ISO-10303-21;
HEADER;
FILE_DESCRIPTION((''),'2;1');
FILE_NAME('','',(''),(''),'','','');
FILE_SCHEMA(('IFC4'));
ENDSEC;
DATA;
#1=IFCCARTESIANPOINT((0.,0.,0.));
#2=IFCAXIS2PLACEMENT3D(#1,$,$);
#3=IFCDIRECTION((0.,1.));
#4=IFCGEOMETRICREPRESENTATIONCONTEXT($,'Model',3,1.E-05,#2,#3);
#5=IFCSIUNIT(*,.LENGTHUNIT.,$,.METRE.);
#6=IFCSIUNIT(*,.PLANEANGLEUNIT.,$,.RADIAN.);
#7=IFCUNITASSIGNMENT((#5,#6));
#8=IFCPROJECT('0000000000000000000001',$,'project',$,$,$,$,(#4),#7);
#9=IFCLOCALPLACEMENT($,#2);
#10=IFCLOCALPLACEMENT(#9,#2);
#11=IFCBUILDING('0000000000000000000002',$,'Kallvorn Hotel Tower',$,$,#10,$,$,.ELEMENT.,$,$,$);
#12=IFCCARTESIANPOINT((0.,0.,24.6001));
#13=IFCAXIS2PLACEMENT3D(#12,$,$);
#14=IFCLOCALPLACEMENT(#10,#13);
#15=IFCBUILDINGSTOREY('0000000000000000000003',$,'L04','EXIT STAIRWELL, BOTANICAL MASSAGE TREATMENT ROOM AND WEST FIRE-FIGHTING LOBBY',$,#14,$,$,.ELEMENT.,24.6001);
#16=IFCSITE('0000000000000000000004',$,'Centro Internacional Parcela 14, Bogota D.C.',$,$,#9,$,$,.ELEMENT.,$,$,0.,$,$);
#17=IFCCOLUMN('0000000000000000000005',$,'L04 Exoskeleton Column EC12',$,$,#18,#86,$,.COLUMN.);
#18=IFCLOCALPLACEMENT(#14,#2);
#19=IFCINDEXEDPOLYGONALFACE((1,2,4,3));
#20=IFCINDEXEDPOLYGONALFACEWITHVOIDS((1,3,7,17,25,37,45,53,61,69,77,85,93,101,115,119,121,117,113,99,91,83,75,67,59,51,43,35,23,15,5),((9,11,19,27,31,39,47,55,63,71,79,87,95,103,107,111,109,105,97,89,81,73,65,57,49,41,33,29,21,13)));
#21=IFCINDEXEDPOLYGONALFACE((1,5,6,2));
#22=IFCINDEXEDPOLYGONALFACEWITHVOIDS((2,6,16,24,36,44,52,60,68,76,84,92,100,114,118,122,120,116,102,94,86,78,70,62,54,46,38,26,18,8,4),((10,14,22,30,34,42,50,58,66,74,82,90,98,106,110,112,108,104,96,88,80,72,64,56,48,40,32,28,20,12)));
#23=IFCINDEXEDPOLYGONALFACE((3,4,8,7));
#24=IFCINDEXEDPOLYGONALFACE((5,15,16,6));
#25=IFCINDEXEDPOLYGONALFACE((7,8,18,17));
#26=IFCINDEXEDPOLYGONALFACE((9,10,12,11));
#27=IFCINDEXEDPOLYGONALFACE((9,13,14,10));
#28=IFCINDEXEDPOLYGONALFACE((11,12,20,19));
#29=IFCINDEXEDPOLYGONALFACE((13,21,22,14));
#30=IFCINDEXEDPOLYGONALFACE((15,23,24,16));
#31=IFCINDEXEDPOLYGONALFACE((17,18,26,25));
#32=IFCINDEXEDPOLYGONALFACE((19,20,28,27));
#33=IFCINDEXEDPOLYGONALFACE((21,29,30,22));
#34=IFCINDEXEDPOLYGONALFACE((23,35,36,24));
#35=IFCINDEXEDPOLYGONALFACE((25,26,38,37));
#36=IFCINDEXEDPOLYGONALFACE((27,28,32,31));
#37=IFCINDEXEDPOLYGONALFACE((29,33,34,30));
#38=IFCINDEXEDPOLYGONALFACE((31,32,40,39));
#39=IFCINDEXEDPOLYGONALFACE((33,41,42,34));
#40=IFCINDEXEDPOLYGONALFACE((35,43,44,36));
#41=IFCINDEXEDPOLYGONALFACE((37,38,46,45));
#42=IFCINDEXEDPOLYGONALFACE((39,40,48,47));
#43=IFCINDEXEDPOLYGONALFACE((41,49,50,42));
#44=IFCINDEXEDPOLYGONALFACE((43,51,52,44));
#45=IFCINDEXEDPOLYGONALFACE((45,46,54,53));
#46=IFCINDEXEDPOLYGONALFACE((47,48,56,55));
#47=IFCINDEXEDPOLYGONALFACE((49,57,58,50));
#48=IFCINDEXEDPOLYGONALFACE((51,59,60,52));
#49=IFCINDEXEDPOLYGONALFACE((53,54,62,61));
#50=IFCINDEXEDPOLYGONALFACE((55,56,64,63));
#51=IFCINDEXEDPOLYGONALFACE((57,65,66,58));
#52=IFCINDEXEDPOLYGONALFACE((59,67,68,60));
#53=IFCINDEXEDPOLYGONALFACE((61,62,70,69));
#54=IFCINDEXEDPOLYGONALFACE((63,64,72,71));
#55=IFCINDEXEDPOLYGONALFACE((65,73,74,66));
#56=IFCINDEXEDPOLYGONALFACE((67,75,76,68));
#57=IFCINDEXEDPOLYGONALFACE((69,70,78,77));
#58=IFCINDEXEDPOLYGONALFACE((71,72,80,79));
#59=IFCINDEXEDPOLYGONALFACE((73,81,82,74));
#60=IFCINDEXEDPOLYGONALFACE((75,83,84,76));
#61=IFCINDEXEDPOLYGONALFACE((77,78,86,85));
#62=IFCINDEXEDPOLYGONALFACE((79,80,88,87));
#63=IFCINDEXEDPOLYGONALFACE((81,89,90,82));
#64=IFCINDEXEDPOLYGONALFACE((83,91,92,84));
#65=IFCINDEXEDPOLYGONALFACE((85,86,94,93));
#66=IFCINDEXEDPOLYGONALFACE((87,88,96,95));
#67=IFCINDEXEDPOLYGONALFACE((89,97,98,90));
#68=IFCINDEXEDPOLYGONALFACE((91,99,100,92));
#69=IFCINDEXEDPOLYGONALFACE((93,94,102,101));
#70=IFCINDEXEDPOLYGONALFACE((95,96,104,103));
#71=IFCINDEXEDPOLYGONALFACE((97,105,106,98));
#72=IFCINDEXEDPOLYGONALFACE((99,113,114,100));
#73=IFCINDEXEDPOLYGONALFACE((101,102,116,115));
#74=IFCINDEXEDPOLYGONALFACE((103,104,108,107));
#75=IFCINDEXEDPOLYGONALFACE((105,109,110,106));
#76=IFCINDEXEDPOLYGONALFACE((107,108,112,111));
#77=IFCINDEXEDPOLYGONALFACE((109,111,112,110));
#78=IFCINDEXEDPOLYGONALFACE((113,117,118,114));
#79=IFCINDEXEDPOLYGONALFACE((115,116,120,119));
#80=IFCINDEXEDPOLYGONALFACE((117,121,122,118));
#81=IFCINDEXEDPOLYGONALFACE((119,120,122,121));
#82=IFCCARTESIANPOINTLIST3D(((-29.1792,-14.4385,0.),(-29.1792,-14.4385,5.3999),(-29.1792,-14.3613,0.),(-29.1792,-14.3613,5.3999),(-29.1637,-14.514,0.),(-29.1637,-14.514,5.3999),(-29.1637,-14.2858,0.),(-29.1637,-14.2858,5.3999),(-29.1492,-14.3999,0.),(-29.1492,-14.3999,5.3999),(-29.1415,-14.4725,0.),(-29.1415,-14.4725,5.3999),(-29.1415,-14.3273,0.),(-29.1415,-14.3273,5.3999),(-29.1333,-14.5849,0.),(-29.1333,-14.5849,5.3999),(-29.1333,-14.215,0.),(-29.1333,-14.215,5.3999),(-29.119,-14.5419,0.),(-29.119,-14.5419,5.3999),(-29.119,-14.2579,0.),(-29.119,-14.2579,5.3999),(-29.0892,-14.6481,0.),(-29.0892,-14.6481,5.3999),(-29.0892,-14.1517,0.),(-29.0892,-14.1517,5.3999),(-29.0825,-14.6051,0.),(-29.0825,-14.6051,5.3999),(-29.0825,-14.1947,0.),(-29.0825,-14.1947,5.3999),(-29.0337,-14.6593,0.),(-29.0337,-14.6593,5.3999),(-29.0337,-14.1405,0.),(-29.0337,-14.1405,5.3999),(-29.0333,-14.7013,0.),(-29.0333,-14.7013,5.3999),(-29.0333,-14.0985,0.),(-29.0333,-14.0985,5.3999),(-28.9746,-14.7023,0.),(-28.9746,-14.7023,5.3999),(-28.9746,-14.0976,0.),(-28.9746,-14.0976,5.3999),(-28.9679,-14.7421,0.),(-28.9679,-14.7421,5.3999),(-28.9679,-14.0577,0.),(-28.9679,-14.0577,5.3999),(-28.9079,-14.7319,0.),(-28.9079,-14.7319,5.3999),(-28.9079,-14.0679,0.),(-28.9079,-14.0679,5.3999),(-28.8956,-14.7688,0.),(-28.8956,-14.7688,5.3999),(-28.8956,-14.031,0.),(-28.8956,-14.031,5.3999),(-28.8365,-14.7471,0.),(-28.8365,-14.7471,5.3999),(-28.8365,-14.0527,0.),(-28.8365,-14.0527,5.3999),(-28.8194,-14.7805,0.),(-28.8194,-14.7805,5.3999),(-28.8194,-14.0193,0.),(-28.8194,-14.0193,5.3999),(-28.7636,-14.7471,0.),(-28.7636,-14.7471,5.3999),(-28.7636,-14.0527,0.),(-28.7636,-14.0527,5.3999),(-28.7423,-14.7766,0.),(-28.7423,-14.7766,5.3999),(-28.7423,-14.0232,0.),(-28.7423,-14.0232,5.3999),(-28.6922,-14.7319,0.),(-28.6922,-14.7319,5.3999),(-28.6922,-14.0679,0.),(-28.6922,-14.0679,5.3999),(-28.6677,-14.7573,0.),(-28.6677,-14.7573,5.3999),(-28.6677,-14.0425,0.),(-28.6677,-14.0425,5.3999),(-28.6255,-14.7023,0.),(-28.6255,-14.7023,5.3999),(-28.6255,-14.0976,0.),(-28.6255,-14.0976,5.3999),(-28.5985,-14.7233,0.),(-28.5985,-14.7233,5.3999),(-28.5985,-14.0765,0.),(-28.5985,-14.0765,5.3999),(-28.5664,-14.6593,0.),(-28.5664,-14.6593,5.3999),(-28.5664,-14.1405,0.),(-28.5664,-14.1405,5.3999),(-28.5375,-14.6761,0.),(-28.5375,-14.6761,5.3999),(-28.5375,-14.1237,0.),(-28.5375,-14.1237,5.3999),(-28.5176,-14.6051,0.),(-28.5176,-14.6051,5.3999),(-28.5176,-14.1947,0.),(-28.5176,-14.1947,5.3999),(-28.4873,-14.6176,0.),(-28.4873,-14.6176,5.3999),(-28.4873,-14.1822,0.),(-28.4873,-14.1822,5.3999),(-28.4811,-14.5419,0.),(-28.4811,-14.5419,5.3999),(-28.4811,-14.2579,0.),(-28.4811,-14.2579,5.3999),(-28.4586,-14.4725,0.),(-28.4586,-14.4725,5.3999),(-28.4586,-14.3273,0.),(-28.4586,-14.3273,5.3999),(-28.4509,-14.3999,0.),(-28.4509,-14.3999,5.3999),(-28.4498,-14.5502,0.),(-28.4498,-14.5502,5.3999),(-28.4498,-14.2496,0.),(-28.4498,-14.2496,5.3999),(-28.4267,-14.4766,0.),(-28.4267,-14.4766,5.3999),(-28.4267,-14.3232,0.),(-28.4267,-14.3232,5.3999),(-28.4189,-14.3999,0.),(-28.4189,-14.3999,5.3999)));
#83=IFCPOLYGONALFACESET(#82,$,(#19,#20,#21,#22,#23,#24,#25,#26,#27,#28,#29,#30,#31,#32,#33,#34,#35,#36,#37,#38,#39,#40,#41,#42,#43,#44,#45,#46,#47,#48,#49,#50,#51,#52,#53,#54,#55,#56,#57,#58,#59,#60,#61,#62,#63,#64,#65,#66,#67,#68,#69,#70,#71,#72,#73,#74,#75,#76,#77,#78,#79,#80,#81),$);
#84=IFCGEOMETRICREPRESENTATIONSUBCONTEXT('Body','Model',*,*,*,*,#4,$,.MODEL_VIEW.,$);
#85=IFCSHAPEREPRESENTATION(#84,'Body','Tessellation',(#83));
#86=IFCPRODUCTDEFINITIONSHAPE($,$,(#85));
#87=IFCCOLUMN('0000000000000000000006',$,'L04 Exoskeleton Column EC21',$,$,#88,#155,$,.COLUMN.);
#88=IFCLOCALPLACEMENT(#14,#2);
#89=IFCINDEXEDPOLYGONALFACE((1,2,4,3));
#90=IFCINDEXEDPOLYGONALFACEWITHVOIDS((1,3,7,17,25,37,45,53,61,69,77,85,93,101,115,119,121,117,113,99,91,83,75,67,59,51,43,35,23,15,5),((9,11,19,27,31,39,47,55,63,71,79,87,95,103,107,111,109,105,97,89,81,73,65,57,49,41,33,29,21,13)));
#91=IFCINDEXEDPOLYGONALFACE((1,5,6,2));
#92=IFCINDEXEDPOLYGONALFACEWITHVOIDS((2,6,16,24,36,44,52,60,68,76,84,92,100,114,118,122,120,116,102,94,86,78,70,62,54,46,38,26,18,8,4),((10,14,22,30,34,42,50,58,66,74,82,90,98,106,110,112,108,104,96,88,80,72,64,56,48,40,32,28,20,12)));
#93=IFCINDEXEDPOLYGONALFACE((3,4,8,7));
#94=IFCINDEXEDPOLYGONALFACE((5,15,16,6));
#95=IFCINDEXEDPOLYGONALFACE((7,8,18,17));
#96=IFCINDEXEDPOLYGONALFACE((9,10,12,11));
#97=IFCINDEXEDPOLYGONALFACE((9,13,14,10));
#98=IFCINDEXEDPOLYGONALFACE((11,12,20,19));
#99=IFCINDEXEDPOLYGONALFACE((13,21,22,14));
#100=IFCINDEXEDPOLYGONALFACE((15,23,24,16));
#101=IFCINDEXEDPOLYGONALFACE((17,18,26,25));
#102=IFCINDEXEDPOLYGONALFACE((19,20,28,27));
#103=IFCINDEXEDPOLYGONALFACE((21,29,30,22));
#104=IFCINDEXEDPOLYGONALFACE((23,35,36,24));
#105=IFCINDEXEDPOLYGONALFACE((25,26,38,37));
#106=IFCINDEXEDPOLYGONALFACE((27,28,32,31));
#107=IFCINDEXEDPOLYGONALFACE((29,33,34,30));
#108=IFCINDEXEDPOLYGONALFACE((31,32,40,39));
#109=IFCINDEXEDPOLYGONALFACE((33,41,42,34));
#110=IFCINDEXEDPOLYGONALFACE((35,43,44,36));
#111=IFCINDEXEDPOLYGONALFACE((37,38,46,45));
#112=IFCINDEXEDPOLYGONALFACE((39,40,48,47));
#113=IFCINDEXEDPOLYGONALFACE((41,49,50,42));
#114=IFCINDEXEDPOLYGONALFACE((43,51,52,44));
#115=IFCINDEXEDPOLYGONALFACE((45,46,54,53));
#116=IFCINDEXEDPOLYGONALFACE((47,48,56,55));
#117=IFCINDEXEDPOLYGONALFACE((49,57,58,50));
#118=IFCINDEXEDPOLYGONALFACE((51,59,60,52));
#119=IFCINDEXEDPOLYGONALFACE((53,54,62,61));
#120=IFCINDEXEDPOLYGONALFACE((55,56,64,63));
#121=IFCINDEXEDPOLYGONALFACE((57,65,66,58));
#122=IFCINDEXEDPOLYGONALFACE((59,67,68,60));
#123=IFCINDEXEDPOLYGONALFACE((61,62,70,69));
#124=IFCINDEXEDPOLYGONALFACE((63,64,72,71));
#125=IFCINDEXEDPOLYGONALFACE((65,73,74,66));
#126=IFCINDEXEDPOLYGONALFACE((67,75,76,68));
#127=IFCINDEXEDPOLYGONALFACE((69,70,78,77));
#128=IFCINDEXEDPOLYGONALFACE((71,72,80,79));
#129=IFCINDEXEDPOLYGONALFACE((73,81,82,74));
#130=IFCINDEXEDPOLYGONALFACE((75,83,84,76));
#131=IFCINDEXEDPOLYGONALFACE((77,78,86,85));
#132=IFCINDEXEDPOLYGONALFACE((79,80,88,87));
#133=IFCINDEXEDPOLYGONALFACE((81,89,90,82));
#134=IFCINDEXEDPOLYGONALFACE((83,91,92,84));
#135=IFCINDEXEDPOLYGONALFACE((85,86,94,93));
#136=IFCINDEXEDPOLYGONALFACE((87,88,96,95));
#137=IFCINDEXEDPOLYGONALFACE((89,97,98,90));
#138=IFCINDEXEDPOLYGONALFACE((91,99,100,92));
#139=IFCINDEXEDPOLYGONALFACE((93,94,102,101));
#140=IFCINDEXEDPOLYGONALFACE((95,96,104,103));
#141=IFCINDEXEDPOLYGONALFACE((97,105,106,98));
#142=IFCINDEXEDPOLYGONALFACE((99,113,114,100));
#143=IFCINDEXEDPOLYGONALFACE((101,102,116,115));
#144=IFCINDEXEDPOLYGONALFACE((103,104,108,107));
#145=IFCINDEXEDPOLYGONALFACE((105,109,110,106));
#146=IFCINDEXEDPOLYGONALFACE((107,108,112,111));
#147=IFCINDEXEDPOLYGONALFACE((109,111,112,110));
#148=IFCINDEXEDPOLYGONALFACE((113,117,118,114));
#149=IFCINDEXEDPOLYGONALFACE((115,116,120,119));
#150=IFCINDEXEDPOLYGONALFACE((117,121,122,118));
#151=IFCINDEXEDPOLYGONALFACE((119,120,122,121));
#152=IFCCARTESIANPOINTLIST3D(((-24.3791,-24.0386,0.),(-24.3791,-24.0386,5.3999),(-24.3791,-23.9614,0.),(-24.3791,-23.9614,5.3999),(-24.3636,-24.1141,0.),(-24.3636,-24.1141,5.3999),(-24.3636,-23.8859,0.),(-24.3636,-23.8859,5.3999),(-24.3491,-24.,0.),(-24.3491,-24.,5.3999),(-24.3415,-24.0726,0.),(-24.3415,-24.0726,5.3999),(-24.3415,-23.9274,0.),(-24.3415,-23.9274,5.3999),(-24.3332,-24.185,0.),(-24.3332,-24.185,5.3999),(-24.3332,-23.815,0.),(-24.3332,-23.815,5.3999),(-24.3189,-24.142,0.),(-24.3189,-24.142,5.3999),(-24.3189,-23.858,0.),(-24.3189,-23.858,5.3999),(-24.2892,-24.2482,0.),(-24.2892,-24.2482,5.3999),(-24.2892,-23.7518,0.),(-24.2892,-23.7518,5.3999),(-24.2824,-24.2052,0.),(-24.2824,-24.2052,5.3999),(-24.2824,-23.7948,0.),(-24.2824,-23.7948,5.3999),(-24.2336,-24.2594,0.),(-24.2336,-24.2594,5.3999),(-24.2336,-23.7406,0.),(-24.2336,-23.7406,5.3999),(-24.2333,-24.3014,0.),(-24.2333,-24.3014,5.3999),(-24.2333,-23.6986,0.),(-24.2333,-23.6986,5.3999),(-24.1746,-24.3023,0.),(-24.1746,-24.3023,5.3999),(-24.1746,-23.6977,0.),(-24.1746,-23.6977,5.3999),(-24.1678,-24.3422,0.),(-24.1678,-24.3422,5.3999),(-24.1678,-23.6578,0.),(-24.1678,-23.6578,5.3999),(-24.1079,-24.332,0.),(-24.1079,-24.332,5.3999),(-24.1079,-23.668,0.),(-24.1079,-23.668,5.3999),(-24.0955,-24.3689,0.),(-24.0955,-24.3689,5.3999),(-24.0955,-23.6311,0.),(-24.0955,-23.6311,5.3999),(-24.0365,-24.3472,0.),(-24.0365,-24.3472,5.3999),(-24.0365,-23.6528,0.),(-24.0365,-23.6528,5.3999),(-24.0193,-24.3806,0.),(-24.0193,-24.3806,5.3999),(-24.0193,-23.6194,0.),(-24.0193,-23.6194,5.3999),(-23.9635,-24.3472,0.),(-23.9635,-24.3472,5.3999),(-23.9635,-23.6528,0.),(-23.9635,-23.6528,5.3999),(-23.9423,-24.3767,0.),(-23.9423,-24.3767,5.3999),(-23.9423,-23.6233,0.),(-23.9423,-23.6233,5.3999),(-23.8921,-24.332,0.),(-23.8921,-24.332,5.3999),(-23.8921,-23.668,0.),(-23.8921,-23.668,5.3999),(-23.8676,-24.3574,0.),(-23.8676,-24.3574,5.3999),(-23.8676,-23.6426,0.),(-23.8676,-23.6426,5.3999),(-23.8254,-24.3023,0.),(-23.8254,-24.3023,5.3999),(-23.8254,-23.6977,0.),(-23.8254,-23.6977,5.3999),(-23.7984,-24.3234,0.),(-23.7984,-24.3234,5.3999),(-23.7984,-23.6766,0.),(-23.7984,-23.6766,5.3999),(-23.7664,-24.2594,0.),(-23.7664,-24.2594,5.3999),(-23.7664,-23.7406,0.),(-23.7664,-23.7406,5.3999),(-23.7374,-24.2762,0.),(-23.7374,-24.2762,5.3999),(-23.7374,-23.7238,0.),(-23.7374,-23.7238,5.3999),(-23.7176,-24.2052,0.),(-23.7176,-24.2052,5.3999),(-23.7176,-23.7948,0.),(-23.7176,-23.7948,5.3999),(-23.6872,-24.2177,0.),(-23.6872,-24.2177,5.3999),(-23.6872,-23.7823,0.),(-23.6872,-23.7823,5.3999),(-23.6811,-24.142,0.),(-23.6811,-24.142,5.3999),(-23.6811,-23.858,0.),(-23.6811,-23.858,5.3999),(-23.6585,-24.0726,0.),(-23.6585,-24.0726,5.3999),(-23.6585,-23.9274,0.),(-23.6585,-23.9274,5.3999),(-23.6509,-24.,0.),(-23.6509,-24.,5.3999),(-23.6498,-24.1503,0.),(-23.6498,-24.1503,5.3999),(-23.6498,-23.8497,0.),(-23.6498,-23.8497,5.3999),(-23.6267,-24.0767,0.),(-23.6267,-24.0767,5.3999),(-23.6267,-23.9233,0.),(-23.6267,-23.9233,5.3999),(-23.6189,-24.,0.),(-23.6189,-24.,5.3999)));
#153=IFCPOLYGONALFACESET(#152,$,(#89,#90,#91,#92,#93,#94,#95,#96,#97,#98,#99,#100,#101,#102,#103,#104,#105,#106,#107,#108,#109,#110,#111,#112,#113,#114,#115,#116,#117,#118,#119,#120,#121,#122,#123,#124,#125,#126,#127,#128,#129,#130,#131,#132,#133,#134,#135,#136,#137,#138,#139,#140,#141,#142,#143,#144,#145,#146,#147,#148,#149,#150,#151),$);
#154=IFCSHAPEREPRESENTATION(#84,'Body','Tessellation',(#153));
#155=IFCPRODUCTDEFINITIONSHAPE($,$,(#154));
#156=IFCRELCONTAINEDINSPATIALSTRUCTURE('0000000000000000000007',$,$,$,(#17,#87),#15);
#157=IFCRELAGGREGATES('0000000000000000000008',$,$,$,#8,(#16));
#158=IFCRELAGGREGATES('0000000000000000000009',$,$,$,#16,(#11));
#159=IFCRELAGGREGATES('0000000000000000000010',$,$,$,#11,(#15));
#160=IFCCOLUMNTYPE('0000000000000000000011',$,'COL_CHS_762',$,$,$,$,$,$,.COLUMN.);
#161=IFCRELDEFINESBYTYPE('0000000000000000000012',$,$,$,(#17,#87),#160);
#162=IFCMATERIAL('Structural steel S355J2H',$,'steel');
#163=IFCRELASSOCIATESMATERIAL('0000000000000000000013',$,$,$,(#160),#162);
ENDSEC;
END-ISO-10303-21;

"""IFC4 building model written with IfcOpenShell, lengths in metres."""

from ifc_helpers import new_model, si_unit, direction, frame, origin, origin_2d, place, context, subcontext, project, spatial, hollow_circle, extrude, material, material_profile, profile_set, type_object, element, save


model = new_model("IFC4")

# Units and contexts
model_context = context("Model", 3, precision=1e-05, world=origin(), true_north=direction((0.0, 1.0)))
body_context = subcontext(model_context, "Body", "Model", "MODEL_VIEW")
ifc_project = project(units=[si_unit("LENGTHUNIT", "METRE"), si_unit("PLANEANGLEUNIT", "RADIAN")], contexts=[model_context])

# Site, building, storey
site_placement = place(None, origin())
site = spatial("IfcSite", under=ifc_project, at=site_placement, Name="Centro Internacional Parcela 14, Bogota D.C.", CompositionType="ELEMENT", RefElevation=0.0)
building_placement = place(site_placement, origin())
building = spatial("IfcBuilding", under=site, at=building_placement, Name="Kallvorn Hotel Tower", CompositionType="ELEMENT")
storey_placement = place(building_placement, frame((0.0, 0.0, 24.6001)))
storey = spatial("IfcBuildingStorey", under=building, at=storey_placement, Name="L04", Description="EXIT STAIRWELL, BOTANICAL MASSAGE TREATMENT ROOM AND WEST FIRE-FIGHTING LOBBY", CompositionType="ELEMENT", Elevation=24.6001)

# Columns
ifc_material_1 = material(Name="Structural steel S355J2H", Category="steel")
ifc_material_profile_1 = material_profile(ifc_material_1, hollow_circle(Radius=0.3811, WallThickness=0.032, at=origin_2d()), Name="CHS 762x32")
ifc_profile_set_1 = profile_set([ifc_material_profile_1], Name="Structural steel S355J2H")
column_type_1 = type_object("IfcColumnType", Name="COL_CHS_762", PredefinedType="COLUMN", material=ifc_profile_set_1)
for number, where, z_axis, x_axis, name in (
    (1, (-28.8, -14.3999, 0.0), (0.0, 0.0, 1.0), (1.0, 0.0, 0.0), "L04 Exoskeleton Column EC12"),
    (2, (-24.0, -24.0, 0.0), (0.0, 0.0, 1.0), (1.0, 0.0, 0.0), "L04 Exoskeleton Column EC21"),
):
    element("IfcColumn", number, at=place(storey_placement, frame(where, z_axis=z_axis, x_axis=x_axis)), inside=storey, type_object=column_type_1, Name=name, PredefinedType="COLUMN", context=body_context, shape_type="SweptSolid", body=[
        extrude(hollow_circle(Radius=0.3811, WallThickness=0.032, at=origin_2d()), origin(), (0.0, 0.0, 1.0), 5.3999),
    ])

save(model, "model.ifc")
